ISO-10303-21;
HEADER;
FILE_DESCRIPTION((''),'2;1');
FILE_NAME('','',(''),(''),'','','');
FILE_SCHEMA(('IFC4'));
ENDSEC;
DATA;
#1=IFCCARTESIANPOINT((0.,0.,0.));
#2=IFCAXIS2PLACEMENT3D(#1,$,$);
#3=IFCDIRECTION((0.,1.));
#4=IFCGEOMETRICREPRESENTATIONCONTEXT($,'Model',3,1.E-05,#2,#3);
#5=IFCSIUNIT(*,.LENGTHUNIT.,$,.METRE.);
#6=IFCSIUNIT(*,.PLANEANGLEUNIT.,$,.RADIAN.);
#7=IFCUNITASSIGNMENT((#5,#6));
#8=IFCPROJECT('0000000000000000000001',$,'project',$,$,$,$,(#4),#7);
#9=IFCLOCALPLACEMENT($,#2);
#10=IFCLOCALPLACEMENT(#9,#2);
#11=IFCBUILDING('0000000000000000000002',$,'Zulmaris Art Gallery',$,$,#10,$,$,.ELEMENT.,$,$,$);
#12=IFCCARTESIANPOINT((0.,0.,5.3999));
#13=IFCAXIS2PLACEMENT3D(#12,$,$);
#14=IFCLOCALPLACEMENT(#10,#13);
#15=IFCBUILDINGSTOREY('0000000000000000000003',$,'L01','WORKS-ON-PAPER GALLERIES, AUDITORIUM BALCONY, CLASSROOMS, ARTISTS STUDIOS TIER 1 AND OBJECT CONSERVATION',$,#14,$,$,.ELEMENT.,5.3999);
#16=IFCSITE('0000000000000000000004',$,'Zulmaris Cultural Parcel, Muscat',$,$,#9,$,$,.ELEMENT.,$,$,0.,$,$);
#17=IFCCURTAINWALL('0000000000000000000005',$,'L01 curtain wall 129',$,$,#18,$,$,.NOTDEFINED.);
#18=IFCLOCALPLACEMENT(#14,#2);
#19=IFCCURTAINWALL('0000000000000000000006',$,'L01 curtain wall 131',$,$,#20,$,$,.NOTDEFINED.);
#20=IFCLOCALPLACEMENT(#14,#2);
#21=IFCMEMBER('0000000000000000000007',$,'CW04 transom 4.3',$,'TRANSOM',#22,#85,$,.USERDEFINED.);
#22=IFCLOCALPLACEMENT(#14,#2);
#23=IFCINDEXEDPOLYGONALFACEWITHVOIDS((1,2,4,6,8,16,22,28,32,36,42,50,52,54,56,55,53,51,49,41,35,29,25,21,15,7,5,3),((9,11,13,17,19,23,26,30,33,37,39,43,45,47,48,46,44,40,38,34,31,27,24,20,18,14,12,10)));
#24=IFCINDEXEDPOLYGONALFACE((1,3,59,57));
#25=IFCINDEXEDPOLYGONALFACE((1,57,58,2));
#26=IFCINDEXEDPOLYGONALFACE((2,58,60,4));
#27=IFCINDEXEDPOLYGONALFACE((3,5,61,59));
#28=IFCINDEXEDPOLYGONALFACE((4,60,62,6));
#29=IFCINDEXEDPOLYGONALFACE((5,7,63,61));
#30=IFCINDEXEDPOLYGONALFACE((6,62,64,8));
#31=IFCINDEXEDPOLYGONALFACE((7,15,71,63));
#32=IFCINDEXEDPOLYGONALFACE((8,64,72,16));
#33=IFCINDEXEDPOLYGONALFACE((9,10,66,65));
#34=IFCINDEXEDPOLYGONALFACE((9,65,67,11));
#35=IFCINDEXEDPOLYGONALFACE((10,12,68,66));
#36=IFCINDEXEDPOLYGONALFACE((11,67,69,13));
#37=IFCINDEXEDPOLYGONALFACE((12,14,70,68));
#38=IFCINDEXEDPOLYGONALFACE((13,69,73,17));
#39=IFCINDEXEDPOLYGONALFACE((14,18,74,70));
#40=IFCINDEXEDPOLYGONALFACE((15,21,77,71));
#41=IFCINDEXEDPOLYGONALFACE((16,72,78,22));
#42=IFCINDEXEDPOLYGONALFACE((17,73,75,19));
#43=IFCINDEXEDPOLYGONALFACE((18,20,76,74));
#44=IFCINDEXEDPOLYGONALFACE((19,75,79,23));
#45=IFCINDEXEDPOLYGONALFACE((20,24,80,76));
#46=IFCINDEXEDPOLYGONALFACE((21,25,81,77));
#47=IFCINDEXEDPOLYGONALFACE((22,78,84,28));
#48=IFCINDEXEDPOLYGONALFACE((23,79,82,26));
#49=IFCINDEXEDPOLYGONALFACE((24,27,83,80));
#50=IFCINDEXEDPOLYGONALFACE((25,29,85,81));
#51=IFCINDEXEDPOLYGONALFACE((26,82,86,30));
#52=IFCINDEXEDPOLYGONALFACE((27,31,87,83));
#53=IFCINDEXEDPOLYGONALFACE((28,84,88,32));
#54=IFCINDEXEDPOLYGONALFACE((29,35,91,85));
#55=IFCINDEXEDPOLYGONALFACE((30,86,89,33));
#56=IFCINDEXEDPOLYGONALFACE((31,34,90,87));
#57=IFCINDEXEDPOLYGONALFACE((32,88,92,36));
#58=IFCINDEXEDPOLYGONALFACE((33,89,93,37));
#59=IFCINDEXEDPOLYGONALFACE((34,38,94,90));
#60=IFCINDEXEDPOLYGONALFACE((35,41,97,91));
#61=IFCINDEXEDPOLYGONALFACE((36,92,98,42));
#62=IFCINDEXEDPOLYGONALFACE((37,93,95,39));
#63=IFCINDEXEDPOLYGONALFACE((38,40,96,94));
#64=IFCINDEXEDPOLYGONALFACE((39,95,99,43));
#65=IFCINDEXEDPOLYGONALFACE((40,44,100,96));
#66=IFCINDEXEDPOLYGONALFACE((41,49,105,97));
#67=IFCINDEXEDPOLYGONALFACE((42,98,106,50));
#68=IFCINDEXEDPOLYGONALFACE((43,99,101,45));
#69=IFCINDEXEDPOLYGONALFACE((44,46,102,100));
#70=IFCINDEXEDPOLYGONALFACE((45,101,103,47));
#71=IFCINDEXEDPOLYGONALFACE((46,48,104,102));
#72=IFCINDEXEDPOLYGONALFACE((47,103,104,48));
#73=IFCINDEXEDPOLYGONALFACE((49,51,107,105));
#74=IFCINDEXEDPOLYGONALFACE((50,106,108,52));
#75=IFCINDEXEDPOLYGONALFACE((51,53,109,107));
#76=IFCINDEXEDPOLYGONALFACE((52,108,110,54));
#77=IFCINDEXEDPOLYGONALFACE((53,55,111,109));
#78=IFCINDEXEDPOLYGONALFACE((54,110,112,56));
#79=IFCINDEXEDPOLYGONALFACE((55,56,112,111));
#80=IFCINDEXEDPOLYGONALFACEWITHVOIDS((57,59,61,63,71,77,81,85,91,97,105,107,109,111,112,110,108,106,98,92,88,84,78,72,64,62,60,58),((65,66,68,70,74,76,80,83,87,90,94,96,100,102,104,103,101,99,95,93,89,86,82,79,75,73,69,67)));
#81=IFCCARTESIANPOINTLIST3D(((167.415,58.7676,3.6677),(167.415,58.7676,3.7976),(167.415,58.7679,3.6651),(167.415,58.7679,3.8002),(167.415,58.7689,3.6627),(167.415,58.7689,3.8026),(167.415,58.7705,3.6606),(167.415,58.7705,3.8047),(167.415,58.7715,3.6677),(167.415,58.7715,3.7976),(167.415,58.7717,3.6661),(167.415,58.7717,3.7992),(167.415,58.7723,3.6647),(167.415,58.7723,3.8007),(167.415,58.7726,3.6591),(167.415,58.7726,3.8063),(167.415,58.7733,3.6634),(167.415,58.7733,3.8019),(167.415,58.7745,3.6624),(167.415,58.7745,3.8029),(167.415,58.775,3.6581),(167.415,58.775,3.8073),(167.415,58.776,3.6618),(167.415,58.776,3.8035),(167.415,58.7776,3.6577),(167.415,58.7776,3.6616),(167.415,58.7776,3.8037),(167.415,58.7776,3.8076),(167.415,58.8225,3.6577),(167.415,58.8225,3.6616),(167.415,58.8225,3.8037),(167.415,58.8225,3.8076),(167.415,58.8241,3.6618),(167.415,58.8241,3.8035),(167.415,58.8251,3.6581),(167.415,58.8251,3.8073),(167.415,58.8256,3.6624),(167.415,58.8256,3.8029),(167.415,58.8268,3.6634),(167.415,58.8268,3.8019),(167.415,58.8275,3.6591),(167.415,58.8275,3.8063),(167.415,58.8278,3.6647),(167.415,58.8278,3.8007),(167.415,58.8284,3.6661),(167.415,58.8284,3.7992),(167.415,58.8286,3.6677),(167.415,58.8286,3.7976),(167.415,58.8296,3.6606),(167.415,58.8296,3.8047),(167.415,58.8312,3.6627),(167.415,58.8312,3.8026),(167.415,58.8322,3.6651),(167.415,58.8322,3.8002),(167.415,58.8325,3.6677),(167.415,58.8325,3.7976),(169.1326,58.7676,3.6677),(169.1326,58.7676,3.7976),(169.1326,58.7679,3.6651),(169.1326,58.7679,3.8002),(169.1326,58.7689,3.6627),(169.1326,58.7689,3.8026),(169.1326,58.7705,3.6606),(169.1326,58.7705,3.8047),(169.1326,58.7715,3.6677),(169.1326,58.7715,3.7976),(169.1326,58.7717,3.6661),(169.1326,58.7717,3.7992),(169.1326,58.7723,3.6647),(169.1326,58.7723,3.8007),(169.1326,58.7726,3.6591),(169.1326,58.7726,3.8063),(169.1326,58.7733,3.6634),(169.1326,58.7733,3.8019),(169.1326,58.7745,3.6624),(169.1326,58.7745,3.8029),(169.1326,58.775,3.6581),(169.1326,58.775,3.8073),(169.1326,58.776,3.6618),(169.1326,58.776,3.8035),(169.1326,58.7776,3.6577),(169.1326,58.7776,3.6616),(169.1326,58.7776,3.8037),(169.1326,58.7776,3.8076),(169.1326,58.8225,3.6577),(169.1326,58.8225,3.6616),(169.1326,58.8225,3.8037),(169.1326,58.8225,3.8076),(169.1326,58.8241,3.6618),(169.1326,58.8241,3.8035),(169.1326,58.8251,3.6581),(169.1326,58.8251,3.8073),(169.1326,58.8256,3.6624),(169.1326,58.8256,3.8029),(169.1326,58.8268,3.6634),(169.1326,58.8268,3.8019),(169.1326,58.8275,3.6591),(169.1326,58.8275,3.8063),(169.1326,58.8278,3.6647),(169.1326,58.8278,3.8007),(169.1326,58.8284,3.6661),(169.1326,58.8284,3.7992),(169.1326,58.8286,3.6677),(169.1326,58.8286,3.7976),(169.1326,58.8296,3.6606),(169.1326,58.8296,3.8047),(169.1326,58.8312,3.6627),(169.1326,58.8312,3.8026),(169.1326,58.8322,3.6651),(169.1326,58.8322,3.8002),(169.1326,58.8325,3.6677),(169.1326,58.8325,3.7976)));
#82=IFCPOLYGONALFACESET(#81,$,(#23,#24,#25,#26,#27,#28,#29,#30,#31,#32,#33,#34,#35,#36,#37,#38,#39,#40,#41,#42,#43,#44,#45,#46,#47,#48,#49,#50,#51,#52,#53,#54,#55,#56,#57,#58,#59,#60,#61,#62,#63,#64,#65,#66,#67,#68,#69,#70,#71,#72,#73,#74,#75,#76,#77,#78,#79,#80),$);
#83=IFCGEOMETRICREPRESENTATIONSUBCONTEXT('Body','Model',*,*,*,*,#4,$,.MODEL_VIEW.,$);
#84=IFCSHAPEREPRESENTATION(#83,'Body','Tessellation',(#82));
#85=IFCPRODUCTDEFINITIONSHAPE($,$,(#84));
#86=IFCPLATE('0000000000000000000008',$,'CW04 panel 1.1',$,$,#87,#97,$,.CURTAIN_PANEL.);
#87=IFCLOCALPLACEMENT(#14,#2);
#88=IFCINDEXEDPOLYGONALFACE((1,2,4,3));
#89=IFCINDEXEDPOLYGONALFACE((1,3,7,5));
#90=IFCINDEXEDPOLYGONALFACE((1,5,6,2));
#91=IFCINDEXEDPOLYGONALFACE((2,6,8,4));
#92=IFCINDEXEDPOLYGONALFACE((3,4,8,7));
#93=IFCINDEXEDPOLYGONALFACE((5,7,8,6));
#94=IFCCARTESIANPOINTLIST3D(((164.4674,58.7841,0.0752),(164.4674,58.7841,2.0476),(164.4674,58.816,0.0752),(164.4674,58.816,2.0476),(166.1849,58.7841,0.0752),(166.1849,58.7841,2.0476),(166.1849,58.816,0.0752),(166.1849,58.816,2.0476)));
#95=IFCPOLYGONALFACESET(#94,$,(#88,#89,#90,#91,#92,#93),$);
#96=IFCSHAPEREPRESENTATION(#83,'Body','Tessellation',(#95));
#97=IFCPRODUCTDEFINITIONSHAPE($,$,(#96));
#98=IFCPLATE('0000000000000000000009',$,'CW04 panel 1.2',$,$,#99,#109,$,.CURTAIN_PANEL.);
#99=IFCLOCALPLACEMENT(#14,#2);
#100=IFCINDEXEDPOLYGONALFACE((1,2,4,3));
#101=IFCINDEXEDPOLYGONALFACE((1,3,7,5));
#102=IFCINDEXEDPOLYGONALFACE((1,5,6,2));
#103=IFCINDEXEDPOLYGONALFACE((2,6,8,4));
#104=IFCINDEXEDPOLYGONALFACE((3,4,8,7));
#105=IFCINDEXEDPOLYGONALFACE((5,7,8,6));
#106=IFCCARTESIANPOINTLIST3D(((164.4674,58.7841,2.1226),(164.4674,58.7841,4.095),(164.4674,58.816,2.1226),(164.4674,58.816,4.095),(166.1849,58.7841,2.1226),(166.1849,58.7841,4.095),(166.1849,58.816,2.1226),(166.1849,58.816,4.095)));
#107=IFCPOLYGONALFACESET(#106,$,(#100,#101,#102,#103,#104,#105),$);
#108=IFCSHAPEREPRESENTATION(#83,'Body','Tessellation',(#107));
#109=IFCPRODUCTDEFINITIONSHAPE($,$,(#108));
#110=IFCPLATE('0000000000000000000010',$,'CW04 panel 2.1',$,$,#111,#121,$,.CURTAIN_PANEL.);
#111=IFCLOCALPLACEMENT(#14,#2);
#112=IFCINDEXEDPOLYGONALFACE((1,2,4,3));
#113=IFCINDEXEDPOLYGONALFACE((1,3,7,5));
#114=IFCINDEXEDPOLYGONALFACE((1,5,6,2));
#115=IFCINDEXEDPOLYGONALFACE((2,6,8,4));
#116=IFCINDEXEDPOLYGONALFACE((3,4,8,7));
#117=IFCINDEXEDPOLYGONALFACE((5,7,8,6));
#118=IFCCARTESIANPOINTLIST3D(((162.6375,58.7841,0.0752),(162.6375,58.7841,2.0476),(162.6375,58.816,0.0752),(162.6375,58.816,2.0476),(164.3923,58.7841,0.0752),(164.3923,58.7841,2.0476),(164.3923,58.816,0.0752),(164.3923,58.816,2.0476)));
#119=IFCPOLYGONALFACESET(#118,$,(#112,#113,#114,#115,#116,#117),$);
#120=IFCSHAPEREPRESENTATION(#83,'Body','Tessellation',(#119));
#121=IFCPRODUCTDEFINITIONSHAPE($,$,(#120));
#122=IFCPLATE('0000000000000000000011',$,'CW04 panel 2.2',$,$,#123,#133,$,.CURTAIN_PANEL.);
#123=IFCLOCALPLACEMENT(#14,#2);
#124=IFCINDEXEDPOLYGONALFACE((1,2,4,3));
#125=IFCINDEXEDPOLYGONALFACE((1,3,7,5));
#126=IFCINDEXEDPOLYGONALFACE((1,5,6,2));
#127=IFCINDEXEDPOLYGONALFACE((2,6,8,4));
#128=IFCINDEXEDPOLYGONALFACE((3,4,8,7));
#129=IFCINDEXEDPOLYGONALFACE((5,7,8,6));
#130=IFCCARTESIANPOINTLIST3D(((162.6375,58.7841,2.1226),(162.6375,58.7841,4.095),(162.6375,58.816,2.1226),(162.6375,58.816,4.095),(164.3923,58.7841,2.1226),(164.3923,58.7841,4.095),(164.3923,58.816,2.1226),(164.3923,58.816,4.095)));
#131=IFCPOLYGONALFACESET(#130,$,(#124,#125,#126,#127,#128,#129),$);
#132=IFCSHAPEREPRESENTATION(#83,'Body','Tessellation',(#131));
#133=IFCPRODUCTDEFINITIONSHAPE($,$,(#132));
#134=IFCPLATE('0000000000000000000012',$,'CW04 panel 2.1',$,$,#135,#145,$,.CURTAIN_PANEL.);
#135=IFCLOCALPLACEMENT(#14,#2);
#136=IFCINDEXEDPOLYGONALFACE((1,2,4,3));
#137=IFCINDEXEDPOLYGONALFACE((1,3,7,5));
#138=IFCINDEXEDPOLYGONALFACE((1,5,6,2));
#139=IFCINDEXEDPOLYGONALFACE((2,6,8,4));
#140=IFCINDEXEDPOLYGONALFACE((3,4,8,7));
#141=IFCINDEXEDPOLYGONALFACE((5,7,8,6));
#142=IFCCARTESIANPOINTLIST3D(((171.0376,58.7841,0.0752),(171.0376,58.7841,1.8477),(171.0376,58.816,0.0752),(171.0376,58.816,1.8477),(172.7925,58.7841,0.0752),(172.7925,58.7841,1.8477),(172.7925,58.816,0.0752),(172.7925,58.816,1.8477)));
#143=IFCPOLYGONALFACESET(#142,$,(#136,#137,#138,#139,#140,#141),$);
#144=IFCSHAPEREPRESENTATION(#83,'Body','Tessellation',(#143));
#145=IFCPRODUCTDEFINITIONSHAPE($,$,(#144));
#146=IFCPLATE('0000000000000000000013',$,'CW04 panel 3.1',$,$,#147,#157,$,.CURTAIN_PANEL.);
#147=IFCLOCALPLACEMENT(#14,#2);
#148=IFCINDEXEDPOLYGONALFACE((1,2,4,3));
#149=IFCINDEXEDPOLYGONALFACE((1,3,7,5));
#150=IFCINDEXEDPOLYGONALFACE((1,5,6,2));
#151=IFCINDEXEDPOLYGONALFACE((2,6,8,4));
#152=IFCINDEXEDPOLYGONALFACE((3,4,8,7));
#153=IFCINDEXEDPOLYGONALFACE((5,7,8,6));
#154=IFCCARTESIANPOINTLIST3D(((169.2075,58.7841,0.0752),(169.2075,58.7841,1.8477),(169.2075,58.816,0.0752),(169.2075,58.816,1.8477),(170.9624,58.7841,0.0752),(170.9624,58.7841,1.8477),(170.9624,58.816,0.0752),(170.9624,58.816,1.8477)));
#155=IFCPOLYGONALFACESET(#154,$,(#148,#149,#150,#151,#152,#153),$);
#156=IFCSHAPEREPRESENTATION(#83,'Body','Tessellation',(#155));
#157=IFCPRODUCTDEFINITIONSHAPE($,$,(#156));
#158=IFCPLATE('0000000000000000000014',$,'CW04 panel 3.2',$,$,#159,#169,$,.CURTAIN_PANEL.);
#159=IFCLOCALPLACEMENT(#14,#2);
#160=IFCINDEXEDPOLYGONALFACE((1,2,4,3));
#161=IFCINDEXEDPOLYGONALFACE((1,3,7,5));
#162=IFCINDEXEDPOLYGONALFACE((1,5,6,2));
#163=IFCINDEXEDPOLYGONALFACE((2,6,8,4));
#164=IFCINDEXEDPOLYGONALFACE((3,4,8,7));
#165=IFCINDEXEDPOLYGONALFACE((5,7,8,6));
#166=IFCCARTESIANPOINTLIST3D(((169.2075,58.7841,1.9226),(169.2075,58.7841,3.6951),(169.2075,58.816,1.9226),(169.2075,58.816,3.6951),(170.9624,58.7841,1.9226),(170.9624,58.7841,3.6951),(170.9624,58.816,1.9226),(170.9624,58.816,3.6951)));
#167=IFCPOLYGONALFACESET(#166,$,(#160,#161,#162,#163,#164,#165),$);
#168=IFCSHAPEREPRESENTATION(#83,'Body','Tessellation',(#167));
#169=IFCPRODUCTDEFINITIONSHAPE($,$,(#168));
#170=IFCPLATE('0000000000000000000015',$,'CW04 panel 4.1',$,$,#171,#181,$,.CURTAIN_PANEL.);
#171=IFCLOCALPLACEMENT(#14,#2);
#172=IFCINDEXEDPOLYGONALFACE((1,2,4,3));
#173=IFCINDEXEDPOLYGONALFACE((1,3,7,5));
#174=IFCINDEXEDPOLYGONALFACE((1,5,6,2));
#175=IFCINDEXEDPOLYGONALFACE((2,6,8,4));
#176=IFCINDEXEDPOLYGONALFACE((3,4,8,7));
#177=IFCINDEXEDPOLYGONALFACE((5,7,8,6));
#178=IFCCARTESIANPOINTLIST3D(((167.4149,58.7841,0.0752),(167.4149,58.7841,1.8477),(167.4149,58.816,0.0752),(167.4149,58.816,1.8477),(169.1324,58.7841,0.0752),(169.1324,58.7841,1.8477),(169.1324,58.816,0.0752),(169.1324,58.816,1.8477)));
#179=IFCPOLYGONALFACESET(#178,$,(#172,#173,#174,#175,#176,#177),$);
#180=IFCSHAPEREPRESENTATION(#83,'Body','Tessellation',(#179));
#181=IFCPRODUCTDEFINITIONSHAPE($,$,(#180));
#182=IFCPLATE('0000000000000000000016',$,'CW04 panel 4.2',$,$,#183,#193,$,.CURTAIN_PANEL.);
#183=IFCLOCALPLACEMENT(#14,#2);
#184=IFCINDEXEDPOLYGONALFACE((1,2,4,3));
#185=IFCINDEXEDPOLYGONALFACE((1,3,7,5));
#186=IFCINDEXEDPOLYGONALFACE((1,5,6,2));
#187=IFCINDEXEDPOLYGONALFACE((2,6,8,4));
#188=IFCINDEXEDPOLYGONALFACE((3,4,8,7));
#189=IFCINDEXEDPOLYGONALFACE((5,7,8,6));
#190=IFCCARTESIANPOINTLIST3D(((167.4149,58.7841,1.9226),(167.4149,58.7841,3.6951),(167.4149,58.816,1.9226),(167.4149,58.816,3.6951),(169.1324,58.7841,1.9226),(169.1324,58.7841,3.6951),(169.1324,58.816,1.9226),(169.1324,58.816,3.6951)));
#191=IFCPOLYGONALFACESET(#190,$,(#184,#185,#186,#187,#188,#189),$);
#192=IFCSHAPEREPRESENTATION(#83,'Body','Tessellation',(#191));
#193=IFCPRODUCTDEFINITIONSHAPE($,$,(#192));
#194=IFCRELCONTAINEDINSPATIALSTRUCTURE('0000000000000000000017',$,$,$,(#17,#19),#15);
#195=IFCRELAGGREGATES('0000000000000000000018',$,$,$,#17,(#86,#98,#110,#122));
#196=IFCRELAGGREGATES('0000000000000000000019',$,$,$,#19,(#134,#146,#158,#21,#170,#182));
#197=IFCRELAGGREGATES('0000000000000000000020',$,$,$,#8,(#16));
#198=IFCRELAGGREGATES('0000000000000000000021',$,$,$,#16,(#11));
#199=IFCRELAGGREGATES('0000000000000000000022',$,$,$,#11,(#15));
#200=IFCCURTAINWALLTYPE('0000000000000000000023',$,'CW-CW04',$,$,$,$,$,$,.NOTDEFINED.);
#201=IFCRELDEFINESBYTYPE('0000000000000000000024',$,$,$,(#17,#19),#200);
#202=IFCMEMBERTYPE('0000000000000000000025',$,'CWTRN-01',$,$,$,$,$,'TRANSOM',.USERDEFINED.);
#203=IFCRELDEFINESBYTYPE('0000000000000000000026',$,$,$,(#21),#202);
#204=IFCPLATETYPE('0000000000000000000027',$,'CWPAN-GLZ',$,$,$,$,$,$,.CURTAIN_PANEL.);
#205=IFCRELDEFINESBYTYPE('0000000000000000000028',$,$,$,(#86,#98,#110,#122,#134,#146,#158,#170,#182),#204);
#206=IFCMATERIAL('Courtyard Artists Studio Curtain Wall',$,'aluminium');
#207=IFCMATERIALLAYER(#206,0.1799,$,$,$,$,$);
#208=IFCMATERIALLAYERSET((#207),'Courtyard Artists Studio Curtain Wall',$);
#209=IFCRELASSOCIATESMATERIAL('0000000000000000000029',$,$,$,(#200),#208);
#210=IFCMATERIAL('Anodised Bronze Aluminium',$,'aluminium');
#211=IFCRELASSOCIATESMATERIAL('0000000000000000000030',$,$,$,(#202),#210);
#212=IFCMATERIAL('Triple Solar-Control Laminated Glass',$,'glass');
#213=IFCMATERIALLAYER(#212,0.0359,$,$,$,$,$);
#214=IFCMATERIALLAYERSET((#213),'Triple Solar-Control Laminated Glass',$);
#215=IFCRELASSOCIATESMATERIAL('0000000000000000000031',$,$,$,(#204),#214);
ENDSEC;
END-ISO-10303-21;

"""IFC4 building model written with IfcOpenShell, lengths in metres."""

from ifc_helpers import new_model, si_unit, direction, frame, origin, origin_2d, place, context, subcontext, project, spatial, rectangle, hollow_rectangle, extrude, material, layer, layer_set, material_profile, profile_set, type_object, element, aggregate, save


model = new_model("IFC4")

# Units and contexts
model_context = context("Model", 3, precision=1e-05, world=origin(), true_north=direction((0.0, 1.0)))
body_context = subcontext(model_context, "Body", "Model", "MODEL_VIEW")
ifc_project = project(units=[si_unit("LENGTHUNIT", "METRE"), si_unit("PLANEANGLEUNIT", "RADIAN")], contexts=[model_context])

# Site, building, storey
site_placement = place(None, origin())
site = spatial("IfcSite", under=ifc_project, at=site_placement, Name="Zulmaris Cultural Parcel, Muscat", CompositionType="ELEMENT", RefElevation=0.0)
building_placement = place(site_placement, origin())
building = spatial("IfcBuilding", under=site, at=building_placement, Name="Zulmaris Art Gallery", CompositionType="ELEMENT")
storey_placement = place(building_placement, frame((0.0, 0.0, 5.3999)))
storey = spatial("IfcBuildingStorey", under=building, at=storey_placement, Name="L01", Description="WORKS-ON-PAPER GALLERIES, AUDITORIUM BALCONY, CLASSROOMS, ARTISTS STUDIOS TIER 1 AND OBJECT CONSERVATION", CompositionType="ELEMENT", Elevation=5.3999)

# Curtain walls
ifc_material_1 = material(Name="Courtyard Artists Studio Curtain Wall", Category="aluminium")
ifc_layer_1 = layer(ifc_material_1, 0.1799)
ifc_layer_set_1 = layer_set([ifc_layer_1], Name="Courtyard Artists Studio Curtain Wall")
curtain_wall_type = type_object("IfcCurtainWallType", Name="CW-CW04", PredefinedType="NOTDEFINED", material=ifc_layer_set_1)
curtain_wall_1_placement = place(storey_placement, origin())
curtain_wall_1 = element("IfcCurtainWall", 1, at=curtain_wall_1_placement, inside=storey, type_object=curtain_wall_type, Name="L01 curtain wall 129", PredefinedType="NOTDEFINED")
ifc_material_2 = material(Name="Anodised Bronze Aluminium", Category="aluminium")
curtain_wall_2_placement = place(storey_placement, origin())
curtain_wall_2 = element("IfcCurtainWall", 2, at=curtain_wall_2_placement, inside=storey, type_object=curtain_wall_type, Name="L01 curtain wall 131", PredefinedType="NOTDEFINED")

# Member
ifc_material_profile_1 = material_profile(ifc_material_2, hollow_rectangle(XDim=0.0649, YDim=0.1499, WallThickness=0.0039, InnerFilletRadius=0.0061, OuterFilletRadius=0.01, at=origin_2d()), Name="ALU 65x150x4")
ifc_profile_set_1 = profile_set([ifc_material_profile_1], Name="Anodised Bronze Aluminium")
member_type_1 = type_object("IfcMemberType", Name="CWTRN-01", ElementType="TRANSOM", PredefinedType="USERDEFINED", material=ifc_profile_set_1)
member_1_placement = place(storey_placement, frame((169.1326, 58.8, 3.7327), z_axis=(-1.0, 0.0, 0.0), x_axis=(0.0, -1.0, 0.0)))
member_1 = element("IfcMember", 3, at=member_1_placement, type_object=member_type_1, Name="CW04 transom 4.3", ObjectType="TRANSOM", PredefinedType="USERDEFINED", context=body_context, shape_type="SweptSolid", body=[
    extrude(hollow_rectangle(XDim=0.0649, YDim=0.1499, WallThickness=0.0039, InnerFilletRadius=0.0061, OuterFilletRadius=0.01, at=origin_2d()), origin(), (0.0, 0.0, 1.0), 1.7175),
])

# Plates
ifc_material_3 = material(Name="Triple Solar-Control Laminated Glass", Category="glass")
ifc_layer_2 = layer(ifc_material_3, 0.0359)
ifc_layer_set_2 = layer_set([ifc_layer_2], Name="Triple Solar-Control Laminated Glass")
plate_type = type_object("IfcPlateType", Name="CWPAN-GLZ", PredefinedType="CURTAIN_PANEL", material=ifc_layer_set_2)
plate_1_placement = place(storey_placement, frame((165.3262, 58.8, 0.0752), z_axis=(0.0, 0.0, 1.0), x_axis=(-1.0, 0.0, 0.0)))
plate_1 = element("IfcPlate", 4, at=plate_1_placement, type_object=plate_type, Name="CW04 panel 1.1", PredefinedType="CURTAIN_PANEL", context=body_context, shape_type="SweptSolid", body=[
    extrude(rectangle(XDim=1.7175, YDim=0.032, at=origin_2d()), origin(), (0.0, 0.0, 1.0), 1.9724),
])
plate_2_placement = place(storey_placement, frame((165.3262, 58.8, 2.1226), z_axis=(0.0, 0.0, 1.0), x_axis=(-1.0, 0.0, 0.0)))
plate_2 = element("IfcPlate", 5, at=plate_2_placement, type_object=plate_type, Name="CW04 panel 1.2", PredefinedType="CURTAIN_PANEL", context=body_context, shape_type="SweptSolid", body=[
    extrude(rectangle(XDim=1.7175, YDim=0.032, at=origin_2d()), origin(), (0.0, 0.0, 1.0), 1.9724),
])
plate_3_placement = place(storey_placement, frame((163.5149, 58.8, 0.0752), z_axis=(0.0, 0.0, 1.0), x_axis=(-1.0, 0.0, 0.0)))
plate_3 = element("IfcPlate", 6, at=plate_3_placement, type_object=plate_type, Name="CW04 panel 2.1", PredefinedType="CURTAIN_PANEL", context=body_context, shape_type="SweptSolid", body=[
    extrude(rectangle(XDim=1.7549, YDim=0.032, at=origin_2d()), origin(), (0.0, 0.0, 1.0), 1.9724),
])
plate_4_placement = place(storey_placement, frame((163.5149, 58.8, 2.1226), z_axis=(0.0, 0.0, 1.0), x_axis=(-1.0, 0.0, 0.0)))
plate_4 = element("IfcPlate", 7, at=plate_4_placement, type_object=plate_type, Name="CW04 panel 2.2", PredefinedType="CURTAIN_PANEL", context=body_context, shape_type="SweptSolid", body=[
    extrude(rectangle(XDim=1.7549, YDim=0.032, at=origin_2d()), origin(), (0.0, 0.0, 1.0), 1.9724),
])
aggregate(curtain_wall_1, [plate_1, plate_2, plate_3, plate_4])
plate_5_placement = place(storey_placement, frame((171.915, 58.8, 0.0752), z_axis=(0.0, 0.0, 1.0), x_axis=(-1.0, 0.0, 0.0)))
plate_5 = element("IfcPlate", 8, at=plate_5_placement, type_object=plate_type, Name="CW04 panel 2.1", PredefinedType="CURTAIN_PANEL", context=body_context, shape_type="SweptSolid", body=[
    extrude(rectangle(XDim=1.7549, YDim=0.032, at=origin_2d()), origin(), (0.0, 0.0, 1.0), 1.7725),
])
plate_6_placement = place(storey_placement, frame((170.085, 58.8, 0.0752), z_axis=(0.0, 0.0, 1.0), x_axis=(-1.0, 0.0, 0.0)))
plate_6 = element("IfcPlate", 9, at=plate_6_placement, type_object=plate_type, Name="CW04 panel 3.1", PredefinedType="CURTAIN_PANEL", context=body_context, shape_type="SweptSolid", body=[
    extrude(rectangle(XDim=1.7549, YDim=0.032, at=origin_2d()), origin(), (0.0, 0.0, 1.0), 1.7725),
])
plate_7_placement = place(storey_placement, frame((170.085, 58.8, 1.9226), z_axis=(0.0, 0.0, 1.0), x_axis=(-1.0, 0.0, 0.0)))
plate_7 = element("IfcPlate", 10, at=plate_7_placement, type_object=plate_type, Name="CW04 panel 3.2", PredefinedType="CURTAIN_PANEL", context=body_context, shape_type="SweptSolid", body=[
    extrude(rectangle(XDim=1.7549, YDim=0.032, at=origin_2d()), origin(), (0.0, 0.0, 1.0), 1.7725),
])
plate_8_placement = place(storey_placement, frame((168.2737, 58.8, 0.0752), z_axis=(0.0, 0.0, 1.0), x_axis=(-1.0, 0.0, 0.0)))
plate_8 = element("IfcPlate", 11, at=plate_8_placement, type_object=plate_type, Name="CW04 panel 4.1", PredefinedType="CURTAIN_PANEL", context=body_context, shape_type="SweptSolid", body=[
    extrude(rectangle(XDim=1.7175, YDim=0.032, at=origin_2d()), origin(), (0.0, 0.0, 1.0), 1.7725),
])
plate_9_placement = place(storey_placement, frame((168.2737, 58.8, 1.9226), z_axis=(0.0, 0.0, 1.0), x_axis=(-1.0, 0.0, 0.0)))
plate_9 = element("IfcPlate", 12, at=plate_9_placement, type_object=plate_type, Name="CW04 panel 4.2", PredefinedType="CURTAIN_PANEL", context=body_context, shape_type="SweptSolid", body=[
    extrude(rectangle(XDim=1.7175, YDim=0.032, at=origin_2d()), origin(), (0.0, 0.0, 1.0), 1.7725),
])
aggregate(curtain_wall_2, [plate_5, plate_6, plate_7, member_1, plate_8, plate_9])

save(model, "model.ifc")
